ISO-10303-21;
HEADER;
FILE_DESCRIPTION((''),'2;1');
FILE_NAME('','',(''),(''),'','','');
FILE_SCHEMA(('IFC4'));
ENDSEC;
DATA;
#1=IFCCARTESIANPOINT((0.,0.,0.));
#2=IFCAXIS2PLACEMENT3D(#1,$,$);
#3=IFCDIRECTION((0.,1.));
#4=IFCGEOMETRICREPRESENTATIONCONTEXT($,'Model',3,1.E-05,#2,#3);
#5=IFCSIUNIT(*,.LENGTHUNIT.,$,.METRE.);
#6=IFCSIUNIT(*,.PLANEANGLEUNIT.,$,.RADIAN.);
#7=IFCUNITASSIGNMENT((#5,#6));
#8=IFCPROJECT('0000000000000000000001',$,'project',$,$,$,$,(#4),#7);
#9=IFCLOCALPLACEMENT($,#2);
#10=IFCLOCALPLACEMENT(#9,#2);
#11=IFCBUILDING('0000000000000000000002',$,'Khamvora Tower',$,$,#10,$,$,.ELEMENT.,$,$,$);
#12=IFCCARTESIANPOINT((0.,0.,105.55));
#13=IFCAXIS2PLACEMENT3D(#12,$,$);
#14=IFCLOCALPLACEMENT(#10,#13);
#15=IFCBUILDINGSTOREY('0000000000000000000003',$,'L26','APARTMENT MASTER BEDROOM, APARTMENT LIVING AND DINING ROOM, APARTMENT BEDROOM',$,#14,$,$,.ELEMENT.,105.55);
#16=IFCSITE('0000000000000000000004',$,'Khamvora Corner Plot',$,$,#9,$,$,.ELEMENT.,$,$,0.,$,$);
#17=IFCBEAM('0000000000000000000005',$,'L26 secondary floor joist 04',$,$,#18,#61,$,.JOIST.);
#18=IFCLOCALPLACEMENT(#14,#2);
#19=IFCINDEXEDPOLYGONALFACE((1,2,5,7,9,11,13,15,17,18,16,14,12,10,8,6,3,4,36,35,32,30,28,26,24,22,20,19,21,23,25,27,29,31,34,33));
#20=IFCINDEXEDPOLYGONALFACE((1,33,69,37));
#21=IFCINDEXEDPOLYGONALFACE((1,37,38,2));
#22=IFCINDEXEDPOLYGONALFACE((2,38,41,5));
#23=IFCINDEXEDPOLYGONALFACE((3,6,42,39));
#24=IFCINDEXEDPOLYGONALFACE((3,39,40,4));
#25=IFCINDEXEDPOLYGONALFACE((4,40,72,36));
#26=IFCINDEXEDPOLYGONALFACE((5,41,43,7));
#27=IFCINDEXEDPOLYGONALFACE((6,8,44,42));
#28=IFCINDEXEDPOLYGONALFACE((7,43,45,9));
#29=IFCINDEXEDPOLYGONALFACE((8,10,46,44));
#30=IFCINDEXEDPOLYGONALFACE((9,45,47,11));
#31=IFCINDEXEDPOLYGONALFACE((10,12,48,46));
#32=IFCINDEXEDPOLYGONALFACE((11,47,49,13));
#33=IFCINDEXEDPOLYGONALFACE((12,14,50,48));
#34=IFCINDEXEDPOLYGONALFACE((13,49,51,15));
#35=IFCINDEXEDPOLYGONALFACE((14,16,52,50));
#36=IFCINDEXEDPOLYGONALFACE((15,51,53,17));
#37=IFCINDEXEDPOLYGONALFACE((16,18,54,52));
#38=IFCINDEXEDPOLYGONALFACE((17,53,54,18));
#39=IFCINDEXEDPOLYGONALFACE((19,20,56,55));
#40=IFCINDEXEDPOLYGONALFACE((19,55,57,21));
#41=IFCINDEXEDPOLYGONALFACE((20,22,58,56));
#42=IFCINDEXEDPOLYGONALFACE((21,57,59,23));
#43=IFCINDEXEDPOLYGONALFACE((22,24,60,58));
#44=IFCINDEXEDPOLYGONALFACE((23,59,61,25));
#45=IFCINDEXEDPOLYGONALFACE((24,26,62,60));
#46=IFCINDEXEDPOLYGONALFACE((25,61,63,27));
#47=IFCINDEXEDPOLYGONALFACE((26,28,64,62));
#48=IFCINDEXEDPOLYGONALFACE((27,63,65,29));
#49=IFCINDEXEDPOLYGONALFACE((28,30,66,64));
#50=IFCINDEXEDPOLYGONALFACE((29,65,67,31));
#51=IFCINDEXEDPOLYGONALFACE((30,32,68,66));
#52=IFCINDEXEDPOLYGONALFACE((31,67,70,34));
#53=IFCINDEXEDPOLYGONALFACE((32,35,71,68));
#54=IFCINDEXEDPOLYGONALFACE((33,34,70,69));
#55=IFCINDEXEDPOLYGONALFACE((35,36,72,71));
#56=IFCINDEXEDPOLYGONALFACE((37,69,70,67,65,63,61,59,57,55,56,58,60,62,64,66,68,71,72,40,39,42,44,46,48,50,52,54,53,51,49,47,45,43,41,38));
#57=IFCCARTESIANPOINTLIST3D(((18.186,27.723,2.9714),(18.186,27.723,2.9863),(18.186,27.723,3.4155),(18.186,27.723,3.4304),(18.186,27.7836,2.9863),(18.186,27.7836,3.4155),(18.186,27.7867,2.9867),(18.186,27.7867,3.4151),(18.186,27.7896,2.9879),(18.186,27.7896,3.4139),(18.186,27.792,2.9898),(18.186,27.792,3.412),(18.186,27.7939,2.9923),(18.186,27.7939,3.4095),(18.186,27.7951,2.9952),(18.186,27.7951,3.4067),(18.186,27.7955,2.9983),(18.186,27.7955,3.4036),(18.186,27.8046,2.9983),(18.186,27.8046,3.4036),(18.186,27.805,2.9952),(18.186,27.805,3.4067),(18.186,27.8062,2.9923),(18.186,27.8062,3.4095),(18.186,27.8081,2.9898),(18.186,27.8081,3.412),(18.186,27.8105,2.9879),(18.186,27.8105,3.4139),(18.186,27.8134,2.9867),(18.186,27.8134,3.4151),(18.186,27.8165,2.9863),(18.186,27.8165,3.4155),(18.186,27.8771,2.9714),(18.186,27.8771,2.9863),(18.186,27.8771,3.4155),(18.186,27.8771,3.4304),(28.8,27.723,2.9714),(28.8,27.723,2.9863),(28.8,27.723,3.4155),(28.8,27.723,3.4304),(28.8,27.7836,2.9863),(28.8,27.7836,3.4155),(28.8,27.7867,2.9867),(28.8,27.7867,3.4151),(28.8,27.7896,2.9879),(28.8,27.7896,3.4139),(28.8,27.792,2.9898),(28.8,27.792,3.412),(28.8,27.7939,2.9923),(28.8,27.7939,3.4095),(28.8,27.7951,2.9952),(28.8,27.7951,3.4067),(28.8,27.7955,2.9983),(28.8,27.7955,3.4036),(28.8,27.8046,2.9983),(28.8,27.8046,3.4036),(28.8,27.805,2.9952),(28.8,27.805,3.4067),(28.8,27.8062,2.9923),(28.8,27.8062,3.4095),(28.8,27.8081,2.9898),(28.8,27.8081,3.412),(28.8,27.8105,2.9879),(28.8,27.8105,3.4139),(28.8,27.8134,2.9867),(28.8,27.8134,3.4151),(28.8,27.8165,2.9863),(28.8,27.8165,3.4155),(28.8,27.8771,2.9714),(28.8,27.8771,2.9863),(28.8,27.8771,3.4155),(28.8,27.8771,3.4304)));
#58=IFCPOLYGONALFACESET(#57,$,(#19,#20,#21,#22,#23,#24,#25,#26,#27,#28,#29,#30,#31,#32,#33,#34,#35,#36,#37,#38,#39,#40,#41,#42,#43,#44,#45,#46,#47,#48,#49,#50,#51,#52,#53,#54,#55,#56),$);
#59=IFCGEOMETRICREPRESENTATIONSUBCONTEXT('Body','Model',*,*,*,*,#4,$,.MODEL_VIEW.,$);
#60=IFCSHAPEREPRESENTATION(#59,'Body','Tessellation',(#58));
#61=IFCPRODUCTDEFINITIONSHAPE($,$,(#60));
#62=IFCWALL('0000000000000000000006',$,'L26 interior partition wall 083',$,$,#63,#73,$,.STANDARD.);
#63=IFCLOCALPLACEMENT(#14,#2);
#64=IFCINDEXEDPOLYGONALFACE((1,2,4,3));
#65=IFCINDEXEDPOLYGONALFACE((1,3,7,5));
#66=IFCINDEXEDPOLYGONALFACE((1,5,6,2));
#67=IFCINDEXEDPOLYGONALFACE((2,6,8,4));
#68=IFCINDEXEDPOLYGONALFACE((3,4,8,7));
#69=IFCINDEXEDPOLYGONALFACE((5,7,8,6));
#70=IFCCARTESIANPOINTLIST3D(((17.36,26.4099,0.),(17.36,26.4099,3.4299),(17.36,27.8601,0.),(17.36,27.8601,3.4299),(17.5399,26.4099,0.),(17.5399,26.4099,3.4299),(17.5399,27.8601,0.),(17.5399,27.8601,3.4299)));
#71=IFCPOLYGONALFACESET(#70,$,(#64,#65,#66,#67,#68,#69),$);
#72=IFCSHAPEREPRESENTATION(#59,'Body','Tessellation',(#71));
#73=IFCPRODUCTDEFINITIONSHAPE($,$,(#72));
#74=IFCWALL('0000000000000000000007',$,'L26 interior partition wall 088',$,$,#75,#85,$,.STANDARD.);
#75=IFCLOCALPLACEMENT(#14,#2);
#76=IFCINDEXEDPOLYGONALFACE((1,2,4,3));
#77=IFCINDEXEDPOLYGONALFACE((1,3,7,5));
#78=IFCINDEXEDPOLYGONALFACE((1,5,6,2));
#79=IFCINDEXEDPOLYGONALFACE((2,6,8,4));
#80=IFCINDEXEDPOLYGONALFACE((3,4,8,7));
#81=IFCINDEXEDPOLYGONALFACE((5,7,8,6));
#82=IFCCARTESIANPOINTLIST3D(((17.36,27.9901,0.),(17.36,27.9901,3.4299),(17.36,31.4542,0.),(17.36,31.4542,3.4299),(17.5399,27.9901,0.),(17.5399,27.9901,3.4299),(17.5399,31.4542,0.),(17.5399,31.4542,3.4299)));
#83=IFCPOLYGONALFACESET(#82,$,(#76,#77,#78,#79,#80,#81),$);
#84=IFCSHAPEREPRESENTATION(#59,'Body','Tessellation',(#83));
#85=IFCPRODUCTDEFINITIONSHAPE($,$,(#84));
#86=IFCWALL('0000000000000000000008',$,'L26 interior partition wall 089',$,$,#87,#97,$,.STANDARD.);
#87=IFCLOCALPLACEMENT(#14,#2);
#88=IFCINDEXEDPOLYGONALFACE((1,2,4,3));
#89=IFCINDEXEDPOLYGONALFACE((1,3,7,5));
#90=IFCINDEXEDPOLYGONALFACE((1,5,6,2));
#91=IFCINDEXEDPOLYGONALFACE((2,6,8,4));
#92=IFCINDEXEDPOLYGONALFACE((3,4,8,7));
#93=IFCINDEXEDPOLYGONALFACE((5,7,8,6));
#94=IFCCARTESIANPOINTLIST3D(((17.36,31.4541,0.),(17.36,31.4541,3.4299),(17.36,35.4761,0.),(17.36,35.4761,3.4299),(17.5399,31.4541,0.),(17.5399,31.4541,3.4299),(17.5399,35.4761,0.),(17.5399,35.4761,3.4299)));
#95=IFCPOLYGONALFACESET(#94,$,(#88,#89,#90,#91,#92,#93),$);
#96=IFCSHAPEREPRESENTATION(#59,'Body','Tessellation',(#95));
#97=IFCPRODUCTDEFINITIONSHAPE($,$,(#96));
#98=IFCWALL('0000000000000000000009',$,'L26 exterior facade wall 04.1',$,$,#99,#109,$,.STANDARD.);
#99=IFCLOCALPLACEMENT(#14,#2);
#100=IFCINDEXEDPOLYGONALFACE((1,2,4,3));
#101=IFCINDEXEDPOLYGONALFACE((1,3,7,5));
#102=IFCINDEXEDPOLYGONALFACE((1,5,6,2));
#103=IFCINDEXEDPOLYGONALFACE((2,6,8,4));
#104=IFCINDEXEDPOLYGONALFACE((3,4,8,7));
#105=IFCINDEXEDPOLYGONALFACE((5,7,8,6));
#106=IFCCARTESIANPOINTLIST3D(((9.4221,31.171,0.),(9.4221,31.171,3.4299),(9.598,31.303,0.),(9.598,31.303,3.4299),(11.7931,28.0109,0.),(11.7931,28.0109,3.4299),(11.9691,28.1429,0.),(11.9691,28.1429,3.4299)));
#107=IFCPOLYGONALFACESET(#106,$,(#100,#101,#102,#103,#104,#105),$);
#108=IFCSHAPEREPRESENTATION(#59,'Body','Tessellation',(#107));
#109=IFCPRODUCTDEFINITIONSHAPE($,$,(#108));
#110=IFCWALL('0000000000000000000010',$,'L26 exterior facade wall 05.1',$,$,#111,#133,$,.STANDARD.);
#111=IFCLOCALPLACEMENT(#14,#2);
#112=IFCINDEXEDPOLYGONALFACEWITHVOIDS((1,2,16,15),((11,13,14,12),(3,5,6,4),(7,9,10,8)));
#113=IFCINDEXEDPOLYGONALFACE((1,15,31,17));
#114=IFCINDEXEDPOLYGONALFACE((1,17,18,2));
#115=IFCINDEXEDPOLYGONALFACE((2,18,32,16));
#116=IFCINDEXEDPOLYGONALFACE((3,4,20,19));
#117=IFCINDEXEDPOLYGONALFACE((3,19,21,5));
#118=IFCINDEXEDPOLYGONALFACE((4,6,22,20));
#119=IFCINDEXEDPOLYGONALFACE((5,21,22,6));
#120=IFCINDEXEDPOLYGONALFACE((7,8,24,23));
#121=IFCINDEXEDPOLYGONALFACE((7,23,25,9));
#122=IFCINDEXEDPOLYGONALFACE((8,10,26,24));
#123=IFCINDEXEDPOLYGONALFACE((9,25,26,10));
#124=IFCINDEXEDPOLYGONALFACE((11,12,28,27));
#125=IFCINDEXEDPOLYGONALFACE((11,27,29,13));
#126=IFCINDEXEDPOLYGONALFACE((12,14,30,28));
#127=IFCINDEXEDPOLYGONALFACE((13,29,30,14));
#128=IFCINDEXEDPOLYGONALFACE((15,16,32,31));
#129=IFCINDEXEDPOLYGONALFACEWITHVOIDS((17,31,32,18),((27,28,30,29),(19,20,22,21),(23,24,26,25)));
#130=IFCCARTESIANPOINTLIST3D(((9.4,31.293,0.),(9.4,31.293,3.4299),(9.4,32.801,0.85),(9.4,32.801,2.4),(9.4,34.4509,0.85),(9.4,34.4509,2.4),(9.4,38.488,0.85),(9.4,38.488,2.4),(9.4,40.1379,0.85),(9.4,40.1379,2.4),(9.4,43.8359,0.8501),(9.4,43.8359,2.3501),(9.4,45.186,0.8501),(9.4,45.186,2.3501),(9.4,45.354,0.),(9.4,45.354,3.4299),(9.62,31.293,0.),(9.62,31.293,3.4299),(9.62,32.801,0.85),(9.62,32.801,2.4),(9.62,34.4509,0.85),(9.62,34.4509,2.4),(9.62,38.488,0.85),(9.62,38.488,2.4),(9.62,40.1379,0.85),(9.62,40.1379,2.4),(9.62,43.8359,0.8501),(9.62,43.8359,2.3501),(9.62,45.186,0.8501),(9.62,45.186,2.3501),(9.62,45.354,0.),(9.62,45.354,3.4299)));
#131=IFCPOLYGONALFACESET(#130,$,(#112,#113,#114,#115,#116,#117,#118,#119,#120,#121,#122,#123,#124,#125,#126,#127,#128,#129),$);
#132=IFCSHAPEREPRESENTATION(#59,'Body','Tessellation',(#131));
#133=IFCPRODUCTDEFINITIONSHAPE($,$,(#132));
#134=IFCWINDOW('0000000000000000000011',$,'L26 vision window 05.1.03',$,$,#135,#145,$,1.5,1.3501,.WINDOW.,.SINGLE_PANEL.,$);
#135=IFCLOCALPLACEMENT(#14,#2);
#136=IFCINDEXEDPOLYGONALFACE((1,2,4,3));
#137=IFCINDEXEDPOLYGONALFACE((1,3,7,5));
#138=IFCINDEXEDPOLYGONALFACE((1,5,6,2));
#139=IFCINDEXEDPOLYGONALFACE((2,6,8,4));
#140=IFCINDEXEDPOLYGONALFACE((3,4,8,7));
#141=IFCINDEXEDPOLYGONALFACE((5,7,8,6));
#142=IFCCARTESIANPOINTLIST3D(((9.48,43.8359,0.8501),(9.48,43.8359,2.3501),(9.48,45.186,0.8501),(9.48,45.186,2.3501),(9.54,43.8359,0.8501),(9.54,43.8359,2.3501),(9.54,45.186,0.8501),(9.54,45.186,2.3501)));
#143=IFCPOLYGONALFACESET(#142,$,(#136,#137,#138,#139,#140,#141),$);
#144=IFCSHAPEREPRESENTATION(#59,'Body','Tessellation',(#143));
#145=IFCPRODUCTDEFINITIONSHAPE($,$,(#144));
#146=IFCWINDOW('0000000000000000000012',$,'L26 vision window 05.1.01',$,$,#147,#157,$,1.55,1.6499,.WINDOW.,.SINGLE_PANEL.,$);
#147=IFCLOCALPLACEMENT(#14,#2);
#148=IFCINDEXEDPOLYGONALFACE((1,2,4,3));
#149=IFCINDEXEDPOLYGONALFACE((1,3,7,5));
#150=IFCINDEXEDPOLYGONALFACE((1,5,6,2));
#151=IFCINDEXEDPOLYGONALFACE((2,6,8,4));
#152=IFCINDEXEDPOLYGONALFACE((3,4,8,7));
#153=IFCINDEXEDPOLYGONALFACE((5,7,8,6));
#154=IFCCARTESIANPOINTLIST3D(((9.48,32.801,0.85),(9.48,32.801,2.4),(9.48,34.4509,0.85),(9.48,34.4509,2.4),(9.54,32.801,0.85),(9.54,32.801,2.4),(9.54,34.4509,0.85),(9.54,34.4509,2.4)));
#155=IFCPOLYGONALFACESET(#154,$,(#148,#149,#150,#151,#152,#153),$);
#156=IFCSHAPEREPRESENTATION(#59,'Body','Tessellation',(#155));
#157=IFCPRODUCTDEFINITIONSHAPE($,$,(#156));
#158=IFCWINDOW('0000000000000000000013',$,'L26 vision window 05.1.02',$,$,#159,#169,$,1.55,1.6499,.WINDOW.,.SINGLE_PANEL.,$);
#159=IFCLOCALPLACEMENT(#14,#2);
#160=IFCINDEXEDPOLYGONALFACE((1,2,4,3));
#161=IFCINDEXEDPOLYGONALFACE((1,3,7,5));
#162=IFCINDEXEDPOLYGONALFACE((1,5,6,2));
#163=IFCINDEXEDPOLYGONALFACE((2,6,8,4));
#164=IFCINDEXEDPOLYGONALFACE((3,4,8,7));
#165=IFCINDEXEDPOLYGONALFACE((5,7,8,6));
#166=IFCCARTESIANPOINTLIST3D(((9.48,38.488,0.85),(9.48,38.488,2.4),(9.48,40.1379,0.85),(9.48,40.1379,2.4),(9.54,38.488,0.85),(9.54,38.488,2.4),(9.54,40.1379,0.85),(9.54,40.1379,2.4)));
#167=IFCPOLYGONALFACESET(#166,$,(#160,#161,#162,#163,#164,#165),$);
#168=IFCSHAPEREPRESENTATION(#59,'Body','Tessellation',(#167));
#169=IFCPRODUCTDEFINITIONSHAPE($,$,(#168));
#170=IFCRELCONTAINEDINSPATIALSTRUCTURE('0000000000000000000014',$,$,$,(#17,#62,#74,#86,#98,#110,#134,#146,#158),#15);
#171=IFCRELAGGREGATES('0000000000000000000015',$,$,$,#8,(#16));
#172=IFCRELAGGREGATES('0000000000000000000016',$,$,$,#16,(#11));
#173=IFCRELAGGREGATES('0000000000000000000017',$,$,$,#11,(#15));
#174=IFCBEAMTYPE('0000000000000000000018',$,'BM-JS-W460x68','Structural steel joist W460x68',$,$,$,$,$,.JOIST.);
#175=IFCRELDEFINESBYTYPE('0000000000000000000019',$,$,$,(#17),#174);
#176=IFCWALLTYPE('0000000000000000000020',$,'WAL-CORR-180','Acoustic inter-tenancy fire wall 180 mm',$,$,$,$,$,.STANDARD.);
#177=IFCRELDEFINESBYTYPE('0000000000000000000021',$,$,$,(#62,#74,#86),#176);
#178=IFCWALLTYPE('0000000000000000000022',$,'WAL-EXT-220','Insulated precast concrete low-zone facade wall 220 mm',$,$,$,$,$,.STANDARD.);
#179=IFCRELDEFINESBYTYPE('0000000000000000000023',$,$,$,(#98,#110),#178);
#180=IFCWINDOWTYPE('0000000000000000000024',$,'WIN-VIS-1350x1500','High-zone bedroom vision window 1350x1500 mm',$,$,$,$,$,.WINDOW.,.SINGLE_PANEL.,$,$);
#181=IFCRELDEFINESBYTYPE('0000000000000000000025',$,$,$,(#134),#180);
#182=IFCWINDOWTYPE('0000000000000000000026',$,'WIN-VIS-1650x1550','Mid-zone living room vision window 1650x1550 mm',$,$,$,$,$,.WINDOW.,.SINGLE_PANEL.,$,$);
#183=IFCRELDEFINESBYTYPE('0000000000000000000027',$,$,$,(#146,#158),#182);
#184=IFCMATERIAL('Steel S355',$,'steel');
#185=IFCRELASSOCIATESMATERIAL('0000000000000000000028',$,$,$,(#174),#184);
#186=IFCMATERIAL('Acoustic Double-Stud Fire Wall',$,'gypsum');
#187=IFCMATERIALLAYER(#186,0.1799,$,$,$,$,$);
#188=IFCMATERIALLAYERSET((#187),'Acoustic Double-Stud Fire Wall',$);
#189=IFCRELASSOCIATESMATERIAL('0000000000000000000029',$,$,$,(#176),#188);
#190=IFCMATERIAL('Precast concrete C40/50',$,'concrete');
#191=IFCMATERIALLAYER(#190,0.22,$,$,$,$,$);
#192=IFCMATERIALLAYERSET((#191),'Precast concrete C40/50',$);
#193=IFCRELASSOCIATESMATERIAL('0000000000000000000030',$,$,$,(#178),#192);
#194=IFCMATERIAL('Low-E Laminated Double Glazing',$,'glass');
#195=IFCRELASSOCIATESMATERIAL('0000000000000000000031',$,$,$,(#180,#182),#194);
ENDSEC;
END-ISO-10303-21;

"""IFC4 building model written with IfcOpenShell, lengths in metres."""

from ifc_helpers import new_model, si_unit, direction, frame, frame_2d, origin, origin_2d, place, context, subcontext, project, spatial, rectangle, i_section, extrude, material, layer, layer_set, material_profile, profile_set, type_object, element, fill, save


model = new_model("IFC4")

# Units and contexts
model_context = context("Model", 3, precision=1e-05, world=origin(), true_north=direction((0.0, 1.0)))
body_context = subcontext(model_context, "Body", "Model", "MODEL_VIEW")
ifc_project = project(units=[si_unit("LENGTHUNIT", "METRE"), si_unit("PLANEANGLEUNIT", "RADIAN")], contexts=[model_context])

# Site, building, storey
site_placement = place(None, origin())
site = spatial("IfcSite", under=ifc_project, at=site_placement, Name="Khamvora Corner Plot", CompositionType="ELEMENT", RefElevation=0.0)
building_placement = place(site_placement, origin())
building = spatial("IfcBuilding", under=site, at=building_placement, Name="Khamvora Tower", CompositionType="ELEMENT")
storey_placement = place(building_placement, frame((0.0, 0.0, 105.55)))
storey = spatial("IfcBuildingStorey", under=building, at=storey_placement, Name="L26", Description="APARTMENT MASTER BEDROOM, APARTMENT LIVING AND DINING ROOM, APARTMENT BEDROOM", CompositionType="ELEMENT", Elevation=105.55)

# Beam
ifc_material_1 = material(Name="Steel S355", Category="steel")
ifc_material_profile = material_profile(ifc_material_1, i_section(OverallWidth=0.1541, OverallDepth=0.459, WebThickness=0.009, FlangeThickness=0.0149, FilletRadius=0.012, at=origin_2d()), Name="W460x68")
ifc_profile_set = profile_set([ifc_material_profile], Name="Steel S355")
beam_type = type_object("IfcBeamType", Name="BM-JS-W460x68", Description="Structural steel joist W460x68", PredefinedType="JOIST", material=ifc_profile_set)
beam_placement = place(storey_placement, frame((18.186, 27.8, 3.2009), z_axis=(1.0, 0.0, 0.0), x_axis=(0.0, 1.0, 0.0)))
element("IfcBeam", 1, at=beam_placement, inside=storey, type_object=beam_type, Name="L26 secondary floor joist 04", PredefinedType="JOIST", context=body_context, shape_type="SweptSolid", body=[
    extrude(i_section(OverallWidth=0.1541, OverallDepth=0.459, WebThickness=0.009, FlangeThickness=0.0149, FilletRadius=0.012, at=origin_2d()), origin(), (0.0, 0.0, 1.0), 10.614),
])

# Walls
ifc_material_2 = material(Name="Acoustic Double-Stud Fire Wall", Category="gypsum")
ifc_layer_1 = layer(ifc_material_2, 0.1799)
ifc_layer_set_1 = layer_set([ifc_layer_1], Name="Acoustic Double-Stud Fire Wall")
wall_type_1 = type_object("IfcWallType", Name="WAL-CORR-180", Description="Acoustic inter-tenancy fire wall 180 mm", PredefinedType="STANDARD", material=ifc_layer_set_1)
wall_1_placement = place(storey_placement, frame((17.45, 27.8601, 0.0), z_axis=(0.0, 0.0, 1.0), x_axis=(0.0, -1.0, 0.0)))
element("IfcWall", 2, at=wall_1_placement, inside=storey, type_object=wall_type_1, Name="L26 interior partition wall 083", PredefinedType="STANDARD", context=body_context, shape_type="SweptSolid", body=[
    extrude(rectangle(XDim=1.4502, YDim=0.1799, at=frame_2d((0.7251, 0.0))), origin(), (0.0, 0.0, 1.0), 3.4299),
])
wall_2_placement = place(storey_placement, frame((17.45, 31.4541, 0.0), z_axis=(0.0, 0.0, 1.0), x_axis=(0.0, -1.0, 0.0)))
element("IfcWall", 3, at=wall_2_placement, inside=storey, type_object=wall_type_1, Name="L26 interior partition wall 088", PredefinedType="STANDARD", context=body_context, shape_type="SweptSolid", body=[
    extrude(rectangle(XDim=3.4641, YDim=0.1799, at=frame_2d((1.7319, 0.0))), origin(), (0.0, 0.0, 1.0), 3.4299),
])
wall_3_placement = place(storey_placement, frame((17.45, 35.4761, 0.0), z_axis=(0.0, 0.0, 1.0), x_axis=(0.0, -1.0, 0.0)))
element("IfcWall", 4, at=wall_3_placement, inside=storey, type_object=wall_type_1, Name="L26 interior partition wall 089", PredefinedType="STANDARD", context=body_context, shape_type="SweptSolid", body=[
    extrude(rectangle(XDim=4.022, YDim=0.1799, at=frame_2d((2.011, 0.0))), origin(), (0.0, 0.0, 1.0), 3.4299),
])
ifc_material_3 = material(Name="Precast concrete C40/50", Category="concrete")
ifc_layer_2 = layer(ifc_material_3, 0.22)
ifc_layer_set_2 = layer_set([ifc_layer_2], Name="Precast concrete C40/50")
wall_type_2 = type_object("IfcWallType", Name="WAL-EXT-220", Description="Insulated precast concrete low-zone facade wall 220 mm", PredefinedType="STANDARD", material=ifc_layer_set_2)
wall_4_placement = place(storey_placement, frame((11.8811, 28.0769, 0.0), z_axis=(0.0, 0.0, 1.0), x_axis=(-0.600158, 0.799881, 0.0)))
element("IfcWall", 5, at=wall_4_placement, inside=storey, type_object=wall_type_2, Name="L26 exterior facade wall 04.1", PredefinedType="STANDARD", context=body_context, shape_type="SweptSolid", body=[
    extrude(rectangle(XDim=3.9507, YDim=0.22, at=frame_2d((1.9753, 0.0))), origin(), (0.0, 0.0, 1.0), 3.4299),
])

# Wall, openings, windows
wall_5_placement = place(storey_placement, frame((9.51, 31.293, 0.0), z_axis=(0.0, 0.0, 1.0), x_axis=(0.0, 1.0, 0.0)))
wall_5 = element("IfcWall", 6, at=wall_5_placement, inside=storey, type_object=wall_type_2, Name="L26 exterior facade wall 05.1", PredefinedType="STANDARD", context=body_context, shape_type="SweptSolid", body=[
    extrude(rectangle(XDim=14.061, YDim=0.22, at=frame_2d((7.0305, 0.0))), origin(), (0.0, 0.0, 1.0), 3.4299),
])
opening_1_placement = place(wall_5_placement, frame((1.5081, 0.0, 0.8501)))
opening_1 = element("IfcOpeningElement", 7, at=opening_1_placement, cuts=wall_5, PredefinedType="OPENING", context=body_context, shape_type="SweptSolid", body=[
    extrude(rectangle(XDim=1.6499, YDim=1.55, at=frame_2d((0.825, 0.7749))), frame((0.0, 0.1199, 0.0), z_axis=(0.0, -1.0, 0.0), x_axis=(1.0, 0.0, 0.0)), (0.0, 0.0, 1.0), 0.24),
])
opening_2_placement = place(wall_5_placement, frame((7.1951, 0.0, 0.8501)))
opening_2 = element("IfcOpeningElement", 8, at=opening_2_placement, cuts=wall_5, PredefinedType="OPENING", context=body_context, shape_type="SweptSolid", body=[
    extrude(rectangle(XDim=1.6499, YDim=1.55, at=frame_2d((0.825, 0.7749))), frame((0.0, 0.1199, 0.0), z_axis=(0.0, -1.0, 0.0), x_axis=(1.0, 0.0, 0.0)), (0.0, 0.0, 1.0), 0.24),
])
opening_3_placement = place(wall_5_placement, frame((12.543, 0.0, 0.8501)))
opening_3 = element("IfcOpeningElement", 9, at=opening_3_placement, cuts=wall_5, PredefinedType="OPENING", context=body_context, shape_type="SweptSolid", body=[
    extrude(rectangle(XDim=1.3501, YDim=1.5, at=frame_2d((0.675, 0.75))), frame((0.0, 0.1199, 0.0), z_axis=(0.0, -1.0, 0.0), x_axis=(1.0, 0.0, 0.0)), (0.0, 0.0, 1.0), 0.24),
])
ifc_material_4 = material(Name="Low-E Laminated Double Glazing", Category="glass")
window_type_1 = type_object("IfcWindowType", Name="WIN-VIS-1350x1500", Description="High-zone bedroom vision window 1350x1500 mm", PartitioningType="SINGLE_PANEL", PredefinedType="WINDOW", material=ifc_material_4)
window_1_placement = place(opening_3_placement, origin())
window_1 = element("IfcWindow", 10, at=window_1_placement, inside=storey, type_object=window_type_1, Name="L26 vision window 05.1.03", OverallHeight=1.5, OverallWidth=1.3501, PartitioningType="SINGLE_PANEL", PredefinedType="WINDOW", context=body_context, shape_type="SweptSolid", body=[
    extrude(rectangle(XDim=1.3501, YDim=1.5, at=frame_2d((0.675, 0.75))), frame((0.0, 0.03, 0.0), z_axis=(0.0, -1.0, 0.0), x_axis=(1.0, 0.0, 0.0)), (0.0, 0.0, 1.0), 0.0601),
])
fill(opening_3, window_1)
window_type_2 = type_object("IfcWindowType", Name="WIN-VIS-1650x1550", Description="Mid-zone living room vision window 1650x1550 mm", PartitioningType="SINGLE_PANEL", PredefinedType="WINDOW", material=ifc_material_4)
window_2_placement = place(opening_1_placement, origin())
window_2 = element("IfcWindow", 11, at=window_2_placement, inside=storey, type_object=window_type_2, Name="L26 vision window 05.1.01", OverallHeight=1.55, OverallWidth=1.6499, PartitioningType="SINGLE_PANEL", PredefinedType="WINDOW", context=body_context, shape_type="SweptSolid", body=[
    extrude(rectangle(XDim=1.6499, YDim=1.55, at=frame_2d((0.825, 0.7749))), frame((0.0, 0.03, 0.0), z_axis=(0.0, -1.0, 0.0), x_axis=(1.0, 0.0, 0.0)), (0.0, 0.0, 1.0), 0.0601),
])
fill(opening_1, window_2)
window_3_placement = place(opening_2_placement, origin())
window_3 = element("IfcWindow", 12, at=window_3_placement, inside=storey, type_object=window_type_2, Name="L26 vision window 05.1.02", OverallHeight=1.55, OverallWidth=1.6499, PartitioningType="SINGLE_PANEL", PredefinedType="WINDOW", context=body_context, shape_type="SweptSolid", body=[
    extrude(rectangle(XDim=1.6499, YDim=1.55, at=frame_2d((0.825, 0.7749))), frame((0.0, 0.03, 0.0), z_axis=(0.0, -1.0, 0.0), x_axis=(1.0, 0.0, 0.0)), (0.0, 0.0, 1.0), 0.0601),
])
fill(opening_2, window_3)

save(model, "model.ifc")
